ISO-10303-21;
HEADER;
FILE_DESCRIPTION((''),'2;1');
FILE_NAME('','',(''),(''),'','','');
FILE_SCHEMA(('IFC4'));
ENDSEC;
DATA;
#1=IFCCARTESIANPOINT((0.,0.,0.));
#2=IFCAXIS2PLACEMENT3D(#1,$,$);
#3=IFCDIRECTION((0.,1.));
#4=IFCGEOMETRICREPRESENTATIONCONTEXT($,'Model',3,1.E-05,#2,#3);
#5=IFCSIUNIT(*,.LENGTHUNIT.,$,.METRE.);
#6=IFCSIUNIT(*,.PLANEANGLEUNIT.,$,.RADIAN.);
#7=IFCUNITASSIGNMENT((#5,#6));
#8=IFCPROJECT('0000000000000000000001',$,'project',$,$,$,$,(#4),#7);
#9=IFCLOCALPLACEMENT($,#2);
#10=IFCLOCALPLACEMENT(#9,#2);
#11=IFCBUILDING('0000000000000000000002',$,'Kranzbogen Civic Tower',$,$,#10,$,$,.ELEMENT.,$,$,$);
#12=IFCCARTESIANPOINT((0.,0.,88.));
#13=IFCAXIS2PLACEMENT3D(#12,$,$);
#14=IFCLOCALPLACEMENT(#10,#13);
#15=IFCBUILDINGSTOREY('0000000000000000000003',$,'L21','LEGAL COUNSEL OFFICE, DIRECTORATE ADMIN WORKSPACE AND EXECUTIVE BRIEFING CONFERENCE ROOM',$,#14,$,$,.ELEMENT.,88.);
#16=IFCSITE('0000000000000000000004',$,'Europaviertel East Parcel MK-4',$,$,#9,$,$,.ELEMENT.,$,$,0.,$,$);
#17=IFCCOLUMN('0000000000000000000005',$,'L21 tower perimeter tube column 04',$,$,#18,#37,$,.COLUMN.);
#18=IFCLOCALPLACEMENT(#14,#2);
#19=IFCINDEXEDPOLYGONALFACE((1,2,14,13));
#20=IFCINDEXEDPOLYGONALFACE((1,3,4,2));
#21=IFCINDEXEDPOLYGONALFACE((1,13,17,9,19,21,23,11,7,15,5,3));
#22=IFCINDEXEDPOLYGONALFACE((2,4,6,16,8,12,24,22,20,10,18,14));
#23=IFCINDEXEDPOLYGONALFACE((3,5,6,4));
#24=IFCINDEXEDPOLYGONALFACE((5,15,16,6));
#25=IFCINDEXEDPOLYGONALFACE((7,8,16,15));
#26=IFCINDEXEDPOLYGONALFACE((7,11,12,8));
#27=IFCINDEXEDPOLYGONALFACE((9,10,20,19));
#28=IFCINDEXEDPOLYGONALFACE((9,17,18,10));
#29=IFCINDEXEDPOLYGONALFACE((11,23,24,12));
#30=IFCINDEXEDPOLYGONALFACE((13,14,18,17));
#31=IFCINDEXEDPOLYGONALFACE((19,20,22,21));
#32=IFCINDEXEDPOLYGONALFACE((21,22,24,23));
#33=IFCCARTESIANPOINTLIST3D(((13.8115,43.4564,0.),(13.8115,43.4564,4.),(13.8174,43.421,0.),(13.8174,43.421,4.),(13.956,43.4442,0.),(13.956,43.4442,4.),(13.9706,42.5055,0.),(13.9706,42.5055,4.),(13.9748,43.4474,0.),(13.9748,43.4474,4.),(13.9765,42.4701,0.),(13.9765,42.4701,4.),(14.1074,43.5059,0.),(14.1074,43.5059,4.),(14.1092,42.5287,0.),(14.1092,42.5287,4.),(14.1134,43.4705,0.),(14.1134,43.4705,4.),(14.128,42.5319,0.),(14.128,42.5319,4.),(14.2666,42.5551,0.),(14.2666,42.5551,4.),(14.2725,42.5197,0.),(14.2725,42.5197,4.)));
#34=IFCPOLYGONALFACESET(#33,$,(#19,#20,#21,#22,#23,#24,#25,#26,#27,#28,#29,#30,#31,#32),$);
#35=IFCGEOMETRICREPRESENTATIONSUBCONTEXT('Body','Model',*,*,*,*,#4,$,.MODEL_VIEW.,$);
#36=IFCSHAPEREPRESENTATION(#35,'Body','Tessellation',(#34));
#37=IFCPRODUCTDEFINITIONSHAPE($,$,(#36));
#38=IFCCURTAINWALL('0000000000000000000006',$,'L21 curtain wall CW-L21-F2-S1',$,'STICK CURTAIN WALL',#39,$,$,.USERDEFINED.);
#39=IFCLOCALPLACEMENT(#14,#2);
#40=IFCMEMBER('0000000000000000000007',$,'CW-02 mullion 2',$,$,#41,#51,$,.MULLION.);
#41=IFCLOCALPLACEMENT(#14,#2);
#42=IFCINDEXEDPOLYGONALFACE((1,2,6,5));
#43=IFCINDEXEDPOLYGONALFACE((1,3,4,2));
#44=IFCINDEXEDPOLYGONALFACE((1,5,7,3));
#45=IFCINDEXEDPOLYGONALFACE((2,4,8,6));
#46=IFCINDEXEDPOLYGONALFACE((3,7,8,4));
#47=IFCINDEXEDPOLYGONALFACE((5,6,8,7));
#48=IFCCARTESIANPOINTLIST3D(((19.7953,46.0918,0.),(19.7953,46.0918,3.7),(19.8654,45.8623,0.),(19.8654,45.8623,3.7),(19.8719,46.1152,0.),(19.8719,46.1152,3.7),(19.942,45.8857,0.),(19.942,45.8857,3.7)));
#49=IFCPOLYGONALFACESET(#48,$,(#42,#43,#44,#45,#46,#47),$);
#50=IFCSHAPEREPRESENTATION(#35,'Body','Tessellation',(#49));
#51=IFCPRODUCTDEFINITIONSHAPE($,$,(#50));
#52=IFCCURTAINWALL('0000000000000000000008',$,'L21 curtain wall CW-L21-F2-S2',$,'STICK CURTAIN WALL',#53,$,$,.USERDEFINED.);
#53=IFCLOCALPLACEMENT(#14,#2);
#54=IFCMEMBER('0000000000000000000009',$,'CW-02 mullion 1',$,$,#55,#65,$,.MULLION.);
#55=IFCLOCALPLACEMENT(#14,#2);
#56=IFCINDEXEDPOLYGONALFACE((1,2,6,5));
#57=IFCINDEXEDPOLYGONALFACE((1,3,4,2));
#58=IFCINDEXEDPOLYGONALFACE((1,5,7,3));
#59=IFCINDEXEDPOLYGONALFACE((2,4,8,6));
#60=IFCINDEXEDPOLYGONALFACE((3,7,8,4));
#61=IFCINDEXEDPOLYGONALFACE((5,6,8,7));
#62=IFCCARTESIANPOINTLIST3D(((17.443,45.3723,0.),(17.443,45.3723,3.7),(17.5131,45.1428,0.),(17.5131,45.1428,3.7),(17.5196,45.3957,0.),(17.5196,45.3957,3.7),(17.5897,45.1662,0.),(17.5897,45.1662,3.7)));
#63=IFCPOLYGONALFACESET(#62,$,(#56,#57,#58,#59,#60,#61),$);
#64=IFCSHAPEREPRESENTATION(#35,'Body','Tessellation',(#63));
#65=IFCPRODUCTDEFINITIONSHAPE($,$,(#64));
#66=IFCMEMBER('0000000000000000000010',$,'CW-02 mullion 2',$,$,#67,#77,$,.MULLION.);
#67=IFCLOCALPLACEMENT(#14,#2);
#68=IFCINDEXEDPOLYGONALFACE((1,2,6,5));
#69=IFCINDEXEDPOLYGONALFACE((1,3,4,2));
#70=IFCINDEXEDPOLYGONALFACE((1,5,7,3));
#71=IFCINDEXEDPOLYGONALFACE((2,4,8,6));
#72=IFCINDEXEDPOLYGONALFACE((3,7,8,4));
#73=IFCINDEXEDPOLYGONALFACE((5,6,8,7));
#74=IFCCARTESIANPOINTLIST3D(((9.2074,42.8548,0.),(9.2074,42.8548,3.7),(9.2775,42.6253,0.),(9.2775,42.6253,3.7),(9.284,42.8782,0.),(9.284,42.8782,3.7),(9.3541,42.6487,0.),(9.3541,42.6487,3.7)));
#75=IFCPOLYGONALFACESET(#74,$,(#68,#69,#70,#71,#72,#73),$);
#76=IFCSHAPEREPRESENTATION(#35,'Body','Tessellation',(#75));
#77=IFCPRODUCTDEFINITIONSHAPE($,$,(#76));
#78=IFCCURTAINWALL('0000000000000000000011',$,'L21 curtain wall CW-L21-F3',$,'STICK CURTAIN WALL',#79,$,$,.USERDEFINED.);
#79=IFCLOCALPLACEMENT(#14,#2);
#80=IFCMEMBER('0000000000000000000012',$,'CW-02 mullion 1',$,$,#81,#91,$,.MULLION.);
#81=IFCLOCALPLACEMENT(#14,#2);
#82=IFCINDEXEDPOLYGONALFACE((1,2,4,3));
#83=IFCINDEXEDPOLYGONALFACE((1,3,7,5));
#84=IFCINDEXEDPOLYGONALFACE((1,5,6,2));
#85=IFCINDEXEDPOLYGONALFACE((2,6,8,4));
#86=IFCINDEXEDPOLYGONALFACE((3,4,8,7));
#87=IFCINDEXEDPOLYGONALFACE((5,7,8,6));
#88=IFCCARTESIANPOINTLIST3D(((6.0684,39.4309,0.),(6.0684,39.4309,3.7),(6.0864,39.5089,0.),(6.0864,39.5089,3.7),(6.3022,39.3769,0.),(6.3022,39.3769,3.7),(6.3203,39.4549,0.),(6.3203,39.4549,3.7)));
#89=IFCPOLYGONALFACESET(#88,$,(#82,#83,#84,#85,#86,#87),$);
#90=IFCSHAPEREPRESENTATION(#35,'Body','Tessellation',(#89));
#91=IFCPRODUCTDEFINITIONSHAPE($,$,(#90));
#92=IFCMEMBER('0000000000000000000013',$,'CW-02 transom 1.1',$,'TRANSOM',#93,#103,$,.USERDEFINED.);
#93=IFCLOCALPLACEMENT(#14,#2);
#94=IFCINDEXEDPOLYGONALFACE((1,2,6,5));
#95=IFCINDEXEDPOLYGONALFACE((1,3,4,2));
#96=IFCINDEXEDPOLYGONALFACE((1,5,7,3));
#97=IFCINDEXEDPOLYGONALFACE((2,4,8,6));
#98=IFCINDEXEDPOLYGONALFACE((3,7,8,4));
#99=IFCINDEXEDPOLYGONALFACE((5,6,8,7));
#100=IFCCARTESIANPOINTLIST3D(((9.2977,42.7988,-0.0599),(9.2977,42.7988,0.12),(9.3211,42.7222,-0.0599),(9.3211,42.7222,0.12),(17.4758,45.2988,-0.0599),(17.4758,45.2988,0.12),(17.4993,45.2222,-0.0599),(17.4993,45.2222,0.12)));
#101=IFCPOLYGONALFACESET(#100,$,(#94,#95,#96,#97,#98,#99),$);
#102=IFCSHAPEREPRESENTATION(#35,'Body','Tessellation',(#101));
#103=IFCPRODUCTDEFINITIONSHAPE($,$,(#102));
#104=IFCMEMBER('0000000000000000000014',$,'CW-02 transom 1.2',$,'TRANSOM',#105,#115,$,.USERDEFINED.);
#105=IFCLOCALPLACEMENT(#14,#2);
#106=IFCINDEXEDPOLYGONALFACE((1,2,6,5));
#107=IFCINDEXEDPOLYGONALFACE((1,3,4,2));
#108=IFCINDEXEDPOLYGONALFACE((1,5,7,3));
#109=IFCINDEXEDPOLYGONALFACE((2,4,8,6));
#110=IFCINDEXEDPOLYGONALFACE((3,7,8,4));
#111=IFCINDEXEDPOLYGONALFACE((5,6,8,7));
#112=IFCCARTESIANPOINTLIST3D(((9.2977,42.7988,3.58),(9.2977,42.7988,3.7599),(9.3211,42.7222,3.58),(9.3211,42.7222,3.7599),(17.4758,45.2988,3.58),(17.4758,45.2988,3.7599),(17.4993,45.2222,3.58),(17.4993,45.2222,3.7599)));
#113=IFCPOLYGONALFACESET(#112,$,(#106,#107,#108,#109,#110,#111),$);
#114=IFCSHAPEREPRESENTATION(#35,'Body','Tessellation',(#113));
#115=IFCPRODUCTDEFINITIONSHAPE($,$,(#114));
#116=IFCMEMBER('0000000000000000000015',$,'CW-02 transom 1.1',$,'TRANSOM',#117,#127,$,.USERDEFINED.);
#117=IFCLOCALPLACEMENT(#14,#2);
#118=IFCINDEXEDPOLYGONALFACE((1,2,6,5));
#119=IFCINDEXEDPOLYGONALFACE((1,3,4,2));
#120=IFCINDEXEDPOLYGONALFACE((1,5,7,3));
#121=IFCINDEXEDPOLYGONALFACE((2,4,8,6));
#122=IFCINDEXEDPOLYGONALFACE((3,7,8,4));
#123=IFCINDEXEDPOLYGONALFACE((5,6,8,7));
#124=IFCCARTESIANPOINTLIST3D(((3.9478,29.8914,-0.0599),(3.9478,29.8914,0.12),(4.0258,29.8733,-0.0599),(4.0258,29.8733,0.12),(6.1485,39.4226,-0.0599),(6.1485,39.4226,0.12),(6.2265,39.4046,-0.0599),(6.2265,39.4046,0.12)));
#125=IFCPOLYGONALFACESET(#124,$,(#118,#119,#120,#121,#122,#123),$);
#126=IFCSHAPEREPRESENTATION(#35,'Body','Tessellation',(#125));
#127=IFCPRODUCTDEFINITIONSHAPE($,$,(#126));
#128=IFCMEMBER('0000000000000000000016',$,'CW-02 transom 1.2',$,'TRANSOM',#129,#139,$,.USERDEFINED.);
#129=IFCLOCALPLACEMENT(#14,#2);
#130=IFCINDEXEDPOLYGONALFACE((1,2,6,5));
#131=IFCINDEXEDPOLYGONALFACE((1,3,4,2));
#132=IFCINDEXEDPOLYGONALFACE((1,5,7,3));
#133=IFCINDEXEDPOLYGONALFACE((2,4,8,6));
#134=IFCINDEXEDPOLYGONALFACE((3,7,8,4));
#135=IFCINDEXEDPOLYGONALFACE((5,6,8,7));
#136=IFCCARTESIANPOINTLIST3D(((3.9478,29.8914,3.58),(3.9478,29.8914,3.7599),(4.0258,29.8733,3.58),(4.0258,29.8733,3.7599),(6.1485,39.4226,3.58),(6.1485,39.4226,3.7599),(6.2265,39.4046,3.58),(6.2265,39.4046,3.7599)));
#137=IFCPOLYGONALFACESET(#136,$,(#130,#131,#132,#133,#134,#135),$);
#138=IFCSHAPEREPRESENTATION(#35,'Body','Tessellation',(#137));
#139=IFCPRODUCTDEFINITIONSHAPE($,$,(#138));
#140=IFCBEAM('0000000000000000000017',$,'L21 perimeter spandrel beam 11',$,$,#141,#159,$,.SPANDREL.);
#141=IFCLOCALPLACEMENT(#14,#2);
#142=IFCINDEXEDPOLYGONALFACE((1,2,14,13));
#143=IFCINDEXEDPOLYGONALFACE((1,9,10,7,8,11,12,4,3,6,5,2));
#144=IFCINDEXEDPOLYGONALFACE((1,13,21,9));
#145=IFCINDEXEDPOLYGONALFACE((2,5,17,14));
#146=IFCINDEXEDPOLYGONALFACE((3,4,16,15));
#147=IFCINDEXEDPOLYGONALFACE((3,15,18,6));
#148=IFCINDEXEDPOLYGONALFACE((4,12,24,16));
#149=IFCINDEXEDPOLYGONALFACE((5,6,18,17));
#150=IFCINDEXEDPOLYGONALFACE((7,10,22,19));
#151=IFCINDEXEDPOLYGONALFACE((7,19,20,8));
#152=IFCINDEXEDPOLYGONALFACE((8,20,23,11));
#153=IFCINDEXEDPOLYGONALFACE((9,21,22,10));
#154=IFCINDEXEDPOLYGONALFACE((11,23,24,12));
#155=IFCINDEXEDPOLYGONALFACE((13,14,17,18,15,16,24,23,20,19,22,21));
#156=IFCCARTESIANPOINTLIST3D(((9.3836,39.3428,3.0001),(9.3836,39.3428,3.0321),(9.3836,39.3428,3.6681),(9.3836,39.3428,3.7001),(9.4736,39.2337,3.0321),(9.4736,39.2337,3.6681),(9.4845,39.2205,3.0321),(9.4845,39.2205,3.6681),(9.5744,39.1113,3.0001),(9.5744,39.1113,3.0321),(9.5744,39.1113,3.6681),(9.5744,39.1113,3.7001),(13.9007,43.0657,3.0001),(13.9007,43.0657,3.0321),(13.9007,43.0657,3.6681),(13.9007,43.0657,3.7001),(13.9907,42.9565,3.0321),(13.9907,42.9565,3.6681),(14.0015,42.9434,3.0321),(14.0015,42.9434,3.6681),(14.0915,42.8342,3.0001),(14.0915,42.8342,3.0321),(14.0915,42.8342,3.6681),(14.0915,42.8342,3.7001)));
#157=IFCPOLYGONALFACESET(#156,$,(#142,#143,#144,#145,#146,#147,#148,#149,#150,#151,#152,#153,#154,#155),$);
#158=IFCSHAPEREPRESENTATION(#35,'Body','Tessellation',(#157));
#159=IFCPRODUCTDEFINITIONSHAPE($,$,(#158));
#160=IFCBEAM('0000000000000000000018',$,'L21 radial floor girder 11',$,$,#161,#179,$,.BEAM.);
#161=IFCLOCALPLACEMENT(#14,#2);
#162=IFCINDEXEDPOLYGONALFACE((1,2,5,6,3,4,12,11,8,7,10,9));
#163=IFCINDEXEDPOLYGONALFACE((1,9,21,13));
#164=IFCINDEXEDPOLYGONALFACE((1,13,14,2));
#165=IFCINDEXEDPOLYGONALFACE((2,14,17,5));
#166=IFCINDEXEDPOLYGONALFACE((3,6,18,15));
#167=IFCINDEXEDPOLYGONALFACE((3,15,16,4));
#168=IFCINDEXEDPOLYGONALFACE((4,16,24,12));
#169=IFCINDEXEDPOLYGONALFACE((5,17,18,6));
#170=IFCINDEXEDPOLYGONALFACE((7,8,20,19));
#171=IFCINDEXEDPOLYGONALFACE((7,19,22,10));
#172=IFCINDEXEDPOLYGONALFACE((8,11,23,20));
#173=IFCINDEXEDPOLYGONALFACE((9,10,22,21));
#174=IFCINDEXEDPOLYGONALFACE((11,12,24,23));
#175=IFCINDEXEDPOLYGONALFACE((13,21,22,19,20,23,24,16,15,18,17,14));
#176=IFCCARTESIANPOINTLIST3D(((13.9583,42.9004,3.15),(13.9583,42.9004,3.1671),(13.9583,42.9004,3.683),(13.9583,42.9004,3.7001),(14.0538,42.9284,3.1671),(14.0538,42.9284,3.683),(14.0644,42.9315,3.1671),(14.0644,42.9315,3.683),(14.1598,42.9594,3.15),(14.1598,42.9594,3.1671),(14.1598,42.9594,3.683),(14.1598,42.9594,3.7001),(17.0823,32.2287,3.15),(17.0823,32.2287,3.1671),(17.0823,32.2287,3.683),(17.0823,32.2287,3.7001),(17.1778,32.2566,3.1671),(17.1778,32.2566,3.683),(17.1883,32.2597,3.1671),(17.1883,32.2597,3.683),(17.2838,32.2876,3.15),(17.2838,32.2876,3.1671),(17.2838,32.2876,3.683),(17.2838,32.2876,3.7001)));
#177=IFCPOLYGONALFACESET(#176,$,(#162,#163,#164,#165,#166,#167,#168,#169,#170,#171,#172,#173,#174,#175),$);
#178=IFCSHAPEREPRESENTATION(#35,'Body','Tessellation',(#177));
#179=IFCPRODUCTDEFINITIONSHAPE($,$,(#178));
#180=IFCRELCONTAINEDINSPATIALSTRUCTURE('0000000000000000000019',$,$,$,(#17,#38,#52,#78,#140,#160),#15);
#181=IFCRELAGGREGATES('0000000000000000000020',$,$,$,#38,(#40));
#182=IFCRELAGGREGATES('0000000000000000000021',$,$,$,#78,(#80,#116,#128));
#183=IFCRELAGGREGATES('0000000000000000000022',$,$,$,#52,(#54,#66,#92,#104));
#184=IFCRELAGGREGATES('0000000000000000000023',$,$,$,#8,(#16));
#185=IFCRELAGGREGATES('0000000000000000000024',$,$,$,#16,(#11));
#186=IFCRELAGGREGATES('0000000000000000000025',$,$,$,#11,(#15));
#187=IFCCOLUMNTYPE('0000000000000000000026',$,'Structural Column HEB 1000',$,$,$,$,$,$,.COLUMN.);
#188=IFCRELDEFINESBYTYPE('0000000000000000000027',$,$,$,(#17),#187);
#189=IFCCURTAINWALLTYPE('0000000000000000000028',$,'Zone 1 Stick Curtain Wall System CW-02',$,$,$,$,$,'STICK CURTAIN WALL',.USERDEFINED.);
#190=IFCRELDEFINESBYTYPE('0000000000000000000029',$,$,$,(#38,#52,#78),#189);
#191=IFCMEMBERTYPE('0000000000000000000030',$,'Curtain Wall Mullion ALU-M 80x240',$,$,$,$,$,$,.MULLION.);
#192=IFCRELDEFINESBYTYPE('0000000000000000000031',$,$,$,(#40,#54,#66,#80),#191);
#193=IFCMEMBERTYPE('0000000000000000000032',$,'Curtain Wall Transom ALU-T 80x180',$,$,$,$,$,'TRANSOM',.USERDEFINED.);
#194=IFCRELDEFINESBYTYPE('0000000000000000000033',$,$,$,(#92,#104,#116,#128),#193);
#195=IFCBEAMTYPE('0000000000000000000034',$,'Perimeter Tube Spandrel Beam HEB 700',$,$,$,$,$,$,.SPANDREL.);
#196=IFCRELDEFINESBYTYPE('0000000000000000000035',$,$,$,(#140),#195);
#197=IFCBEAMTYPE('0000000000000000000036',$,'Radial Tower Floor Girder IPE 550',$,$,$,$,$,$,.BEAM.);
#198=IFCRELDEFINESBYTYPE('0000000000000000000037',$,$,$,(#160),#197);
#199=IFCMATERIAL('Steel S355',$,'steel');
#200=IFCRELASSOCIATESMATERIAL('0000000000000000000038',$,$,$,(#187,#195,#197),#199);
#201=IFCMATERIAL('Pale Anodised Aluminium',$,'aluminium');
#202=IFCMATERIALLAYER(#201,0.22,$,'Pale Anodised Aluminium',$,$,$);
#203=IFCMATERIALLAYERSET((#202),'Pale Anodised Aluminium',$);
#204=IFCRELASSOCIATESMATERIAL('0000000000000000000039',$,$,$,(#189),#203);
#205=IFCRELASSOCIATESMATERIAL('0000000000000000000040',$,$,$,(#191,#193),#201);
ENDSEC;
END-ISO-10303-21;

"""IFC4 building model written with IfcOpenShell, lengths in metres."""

from ifc_helpers import new_model, si_unit, direction, frame, origin, origin_2d, place, context, subcontext, project, spatial, rectangle, i_section, extrude, material, layer, layer_set, material_profile, profile_set, type_object, element, aggregate, save


model = new_model("IFC4")

# Units and contexts
model_context = context("Model", 3, precision=1e-05, world=origin(), true_north=direction((0.0, 1.0)))
body_context = subcontext(model_context, "Body", "Model", "MODEL_VIEW")
ifc_project = project(units=[si_unit("LENGTHUNIT", "METRE"), si_unit("PLANEANGLEUNIT", "RADIAN")], contexts=[model_context])

# Site, building, storey
site_placement = place(None, origin())
site = spatial("IfcSite", under=ifc_project, at=site_placement, Name="Europaviertel East Parcel MK-4", CompositionType="ELEMENT", RefElevation=0.0)
building_placement = place(site_placement, origin())
building = spatial("IfcBuilding", under=site, at=building_placement, Name="Kranzbogen Civic Tower", CompositionType="ELEMENT")
storey_placement = place(building_placement, frame((0.0, 0.0, 88.0)))
storey = spatial("IfcBuildingStorey", under=building, at=storey_placement, Name="L21", Description="LEGAL COUNSEL OFFICE, DIRECTORATE ADMIN WORKSPACE AND EXECUTIVE BRIEFING CONFERENCE ROOM", CompositionType="ELEMENT", Elevation=88.0)

# Column
ifc_material_1 = material(Name="Steel S355", Category="steel")
ifc_material_profile_1 = material_profile(ifc_material_1, i_section(OverallWidth=0.3, OverallDepth=1.0, WebThickness=0.019, FlangeThickness=0.0359, at=origin_2d()), Name="HEB 1000")
ifc_profile_set_1 = profile_set([ifc_material_profile_1], Name="Steel S355")
column_type = type_object("IfcColumnType", Name="Structural Column HEB 1000", PredefinedType="COLUMN", material=ifc_profile_set_1)
column_placement = place(storey_placement, frame((14.042, 42.988, 0.0), z_axis=(0.0, 0.0, 1.0), x_axis=(0.986286, 0.165048, 0.0)))
element("IfcColumn", 1, at=column_placement, inside=storey, type_object=column_type, Name="L21 tower perimeter tube column 04", PredefinedType="COLUMN", context=body_context, shape_type="SweptSolid", body=[
    extrude(i_section(OverallWidth=0.3, OverallDepth=1.0, WebThickness=0.019, FlangeThickness=0.0359, at=origin_2d()), origin(), (0.0, 0.0, 1.0), 4.0),
])

# Curtain wall, member
ifc_material_2 = material(Name="Pale Anodised Aluminium", Category="aluminium")
ifc_layer_1 = layer(ifc_material_2, 0.22, Name="Pale Anodised Aluminium")
ifc_layer_set_1 = layer_set([ifc_layer_1], Name="Pale Anodised Aluminium")
curtain_wall_type = type_object("IfcCurtainWallType", Name="Zone 1 Stick Curtain Wall System CW-02", ElementType="STICK CURTAIN WALL", PredefinedType="USERDEFINED", material=ifc_layer_set_1)
curtain_wall_1_placement = place(storey_placement, origin())
curtain_wall_1 = element("IfcCurtainWall", 2, at=curtain_wall_1_placement, inside=storey, type_object=curtain_wall_type, Name="L21 curtain wall CW-L21-F2-S1", ObjectType="STICK CURTAIN WALL", PredefinedType="USERDEFINED")
ifc_material_profile_2 = material_profile(ifc_material_2, rectangle(XDim=0.0801, YDim=0.24, at=origin_2d()), Name="ALU-M 80x240")
ifc_profile_set_2 = profile_set([ifc_material_profile_2], Name="Pale Anodised Aluminium")
member_type_1 = type_object("IfcMemberType", Name="Curtain Wall Mullion ALU-M 80x240", PredefinedType="MULLION", material=ifc_profile_set_2)
member_1_placement = place(storey_placement, frame((19.8687, 45.9888, 0.0), z_axis=(0.0, 0.0, 1.0), x_axis=(-0.956296, -0.2924, 0.0)))
member_1 = element("IfcMember", 3, at=member_1_placement, type_object=member_type_1, Name="CW-02 mullion 2", PredefinedType="MULLION", context=body_context, shape_type="SweptSolid", body=[
    extrude(rectangle(XDim=0.0801, YDim=0.24, at=origin_2d()), origin(), (0.0, 0.0, 1.0), 3.7),
])
aggregate(curtain_wall_1, [member_1])

# Curtain wall, members
curtain_wall_2_placement = place(storey_placement, origin())
curtain_wall_2 = element("IfcCurtainWall", 4, at=curtain_wall_2_placement, inside=storey, type_object=curtain_wall_type, Name="L21 curtain wall CW-L21-F2-S2", ObjectType="STICK CURTAIN WALL", PredefinedType="USERDEFINED")
member_2_placement = place(storey_placement, frame((17.5164, 45.2693, 0.0), z_axis=(0.0, 0.0, 1.0), x_axis=(-0.956318, -0.292327, 0.0)))
member_2 = element("IfcMember", 5, at=member_2_placement, type_object=member_type_1, Name="CW-02 mullion 1", PredefinedType="MULLION", context=body_context, shape_type="SweptSolid", body=[
    extrude(rectangle(XDim=0.0801, YDim=0.24, at=origin_2d()), origin(), (0.0, 0.0, 1.0), 3.7),
])
member_3_placement = place(storey_placement, frame((9.2808, 42.7517, 0.0), z_axis=(0.0, 0.0, 1.0), x_axis=(-0.956318, -0.292327, 0.0)))
member_3 = element("IfcMember", 6, at=member_3_placement, type_object=member_type_1, Name="CW-02 mullion 2", PredefinedType="MULLION", context=body_context, shape_type="SweptSolid", body=[
    extrude(rectangle(XDim=0.0801, YDim=0.24, at=origin_2d()), origin(), (0.0, 0.0, 1.0), 3.7),
])

# Curtain wall, member
curtain_wall_3_placement = place(storey_placement, origin())
curtain_wall_3 = element("IfcCurtainWall", 7, at=curtain_wall_3_placement, inside=storey, type_object=curtain_wall_type, Name="L21 curtain wall CW-L21-F3", ObjectType="STICK CURTAIN WALL", PredefinedType="USERDEFINED")
member_4_placement = place(storey_placement, frame((6.1943, 39.4429, 0.0), z_axis=(0.0, 0.0, 1.0), x_axis=(-0.224978, -0.974364, 0.0)))
member_4 = element("IfcMember", 8, at=member_4_placement, type_object=member_type_1, Name="CW-02 mullion 1", PredefinedType="MULLION", context=body_context, shape_type="SweptSolid", body=[
    extrude(rectangle(XDim=0.0801, YDim=0.24, at=origin_2d()), origin(), (0.0, 0.0, 1.0), 3.7),
])

# Members
ifc_material_profile_3 = material_profile(ifc_material_2, rectangle(XDim=0.0801, YDim=0.1799, at=origin_2d()), Name="ALU-T 80x180")
ifc_profile_set_3 = profile_set([ifc_material_profile_3], Name="Pale Anodised Aluminium")
member_type_2 = type_object("IfcMemberType", Name="Curtain Wall Transom ALU-T 80x180", ElementType="TRANSOM", PredefinedType="USERDEFINED", material=ifc_profile_set_3)
member_5_placement = place(storey_placement, frame((17.4875, 45.2605, 0.03), z_axis=(-0.956316, -0.292336, 0.0), x_axis=(0.292336, -0.956316, 0.0)))
member_5 = element("IfcMember", 9, at=member_5_placement, type_object=member_type_2, Name="CW-02 transom 1.1", ObjectType="TRANSOM", PredefinedType="USERDEFINED", context=body_context, shape_type="SweptSolid", body=[
    extrude(rectangle(XDim=0.0801, YDim=0.1799, at=origin_2d()), origin(), (0.0, 0.0, 1.0), 8.5518),
])
member_6_placement = place(storey_placement, frame((17.4875, 45.2605, 3.6699), z_axis=(-0.956316, -0.292336, 0.0), x_axis=(0.292336, -0.956316, 0.0)))
member_6 = element("IfcMember", 10, at=member_6_placement, type_object=member_type_2, Name="CW-02 transom 1.2", ObjectType="TRANSOM", PredefinedType="USERDEFINED", context=body_context, shape_type="SweptSolid", body=[
    extrude(rectangle(XDim=0.0801, YDim=0.1799, at=origin_2d()), origin(), (0.0, 0.0, 1.0), 8.5518),
])
member_7_placement = place(storey_placement, frame((6.1875, 39.4136, 0.03), z_axis=(-0.224973, -0.974365, 0.0), x_axis=(0.974365, -0.224973, 0.0)))
member_7 = element("IfcMember", 11, at=member_7_placement, type_object=member_type_2, Name="CW-02 transom 1.1", ObjectType="TRANSOM", PredefinedType="USERDEFINED", context=body_context, shape_type="SweptSolid", body=[
    extrude(rectangle(XDim=0.0801, YDim=0.1799, at=origin_2d()), origin(), (0.0, 0.0, 1.0), 9.782),
])
member_8_placement = place(storey_placement, frame((6.1875, 39.4136, 3.6699), z_axis=(-0.224973, -0.974365, 0.0), x_axis=(0.974365, -0.224973, 0.0)))
member_8 = element("IfcMember", 12, at=member_8_placement, type_object=member_type_2, Name="CW-02 transom 1.2", ObjectType="TRANSOM", PredefinedType="USERDEFINED", context=body_context, shape_type="SweptSolid", body=[
    extrude(rectangle(XDim=0.0801, YDim=0.1799, at=origin_2d()), origin(), (0.0, 0.0, 1.0), 9.782),
])
aggregate(curtain_wall_3, [member_4, member_7, member_8])

# Beams
ifc_material_profile_4 = material_profile(ifc_material_1, i_section(OverallWidth=0.3, OverallDepth=0.7, WebThickness=0.0171, FlangeThickness=0.032, at=origin_2d()), Name="HEB 700")
ifc_profile_set_4 = profile_set([ifc_material_profile_4], Name="Steel S355")
beam_type_1 = type_object("IfcBeamType", Name="Perimeter Tube Spandrel Beam HEB 700", PredefinedType="SPANDREL", material=ifc_profile_set_4)
beam_1_placement = place(storey_placement, frame((13.9961, 42.95, 3.3501), z_axis=(-0.771683, -0.636007, 0.0), x_axis=(0.636007, -0.771683, 0.0)))
element("IfcBeam", 13, at=beam_1_placement, inside=storey, type_object=beam_type_1, Name="L21 perimeter spandrel beam 11", PredefinedType="SPANDREL", context=body_context, shape_type="SweptSolid", body=[
    extrude(i_section(OverallWidth=0.3, OverallDepth=0.7, WebThickness=0.0171, FlangeThickness=0.032, at=origin_2d()), origin(), (0.0, 0.0, 1.0), 5.8535),
])
ifc_material_profile_5 = material_profile(ifc_material_1, i_section(OverallWidth=0.21, OverallDepth=0.55, WebThickness=0.011, FlangeThickness=0.0171, at=origin_2d()), Name="IPE 550")
ifc_profile_set_5 = profile_set([ifc_material_profile_5], Name="Steel S355")
beam_type_2 = type_object("IfcBeamType", Name="Radial Tower Floor Girder IPE 550", PredefinedType="BEAM", material=ifc_profile_set_5)
beam_2_placement = place(storey_placement, frame((14.0591, 42.9299, 3.425), z_axis=(0.280944, -0.959724, 0.0), x_axis=(0.959724, 0.280944, 0.0)))
element("IfcBeam", 14, at=beam_2_placement, inside=storey, type_object=beam_type_2, Name="L21 radial floor girder 11", PredefinedType="BEAM", context=body_context, shape_type="SweptSolid", body=[
    extrude(i_section(OverallWidth=0.21, OverallDepth=0.55, WebThickness=0.011, FlangeThickness=0.0171, at=origin_2d()), origin(), (0.0, 0.0, 1.0), 11.1196),
])

aggregate(curtain_wall_2, [member_2, member_3, member_5, member_6])

save(model, "model.ifc")
